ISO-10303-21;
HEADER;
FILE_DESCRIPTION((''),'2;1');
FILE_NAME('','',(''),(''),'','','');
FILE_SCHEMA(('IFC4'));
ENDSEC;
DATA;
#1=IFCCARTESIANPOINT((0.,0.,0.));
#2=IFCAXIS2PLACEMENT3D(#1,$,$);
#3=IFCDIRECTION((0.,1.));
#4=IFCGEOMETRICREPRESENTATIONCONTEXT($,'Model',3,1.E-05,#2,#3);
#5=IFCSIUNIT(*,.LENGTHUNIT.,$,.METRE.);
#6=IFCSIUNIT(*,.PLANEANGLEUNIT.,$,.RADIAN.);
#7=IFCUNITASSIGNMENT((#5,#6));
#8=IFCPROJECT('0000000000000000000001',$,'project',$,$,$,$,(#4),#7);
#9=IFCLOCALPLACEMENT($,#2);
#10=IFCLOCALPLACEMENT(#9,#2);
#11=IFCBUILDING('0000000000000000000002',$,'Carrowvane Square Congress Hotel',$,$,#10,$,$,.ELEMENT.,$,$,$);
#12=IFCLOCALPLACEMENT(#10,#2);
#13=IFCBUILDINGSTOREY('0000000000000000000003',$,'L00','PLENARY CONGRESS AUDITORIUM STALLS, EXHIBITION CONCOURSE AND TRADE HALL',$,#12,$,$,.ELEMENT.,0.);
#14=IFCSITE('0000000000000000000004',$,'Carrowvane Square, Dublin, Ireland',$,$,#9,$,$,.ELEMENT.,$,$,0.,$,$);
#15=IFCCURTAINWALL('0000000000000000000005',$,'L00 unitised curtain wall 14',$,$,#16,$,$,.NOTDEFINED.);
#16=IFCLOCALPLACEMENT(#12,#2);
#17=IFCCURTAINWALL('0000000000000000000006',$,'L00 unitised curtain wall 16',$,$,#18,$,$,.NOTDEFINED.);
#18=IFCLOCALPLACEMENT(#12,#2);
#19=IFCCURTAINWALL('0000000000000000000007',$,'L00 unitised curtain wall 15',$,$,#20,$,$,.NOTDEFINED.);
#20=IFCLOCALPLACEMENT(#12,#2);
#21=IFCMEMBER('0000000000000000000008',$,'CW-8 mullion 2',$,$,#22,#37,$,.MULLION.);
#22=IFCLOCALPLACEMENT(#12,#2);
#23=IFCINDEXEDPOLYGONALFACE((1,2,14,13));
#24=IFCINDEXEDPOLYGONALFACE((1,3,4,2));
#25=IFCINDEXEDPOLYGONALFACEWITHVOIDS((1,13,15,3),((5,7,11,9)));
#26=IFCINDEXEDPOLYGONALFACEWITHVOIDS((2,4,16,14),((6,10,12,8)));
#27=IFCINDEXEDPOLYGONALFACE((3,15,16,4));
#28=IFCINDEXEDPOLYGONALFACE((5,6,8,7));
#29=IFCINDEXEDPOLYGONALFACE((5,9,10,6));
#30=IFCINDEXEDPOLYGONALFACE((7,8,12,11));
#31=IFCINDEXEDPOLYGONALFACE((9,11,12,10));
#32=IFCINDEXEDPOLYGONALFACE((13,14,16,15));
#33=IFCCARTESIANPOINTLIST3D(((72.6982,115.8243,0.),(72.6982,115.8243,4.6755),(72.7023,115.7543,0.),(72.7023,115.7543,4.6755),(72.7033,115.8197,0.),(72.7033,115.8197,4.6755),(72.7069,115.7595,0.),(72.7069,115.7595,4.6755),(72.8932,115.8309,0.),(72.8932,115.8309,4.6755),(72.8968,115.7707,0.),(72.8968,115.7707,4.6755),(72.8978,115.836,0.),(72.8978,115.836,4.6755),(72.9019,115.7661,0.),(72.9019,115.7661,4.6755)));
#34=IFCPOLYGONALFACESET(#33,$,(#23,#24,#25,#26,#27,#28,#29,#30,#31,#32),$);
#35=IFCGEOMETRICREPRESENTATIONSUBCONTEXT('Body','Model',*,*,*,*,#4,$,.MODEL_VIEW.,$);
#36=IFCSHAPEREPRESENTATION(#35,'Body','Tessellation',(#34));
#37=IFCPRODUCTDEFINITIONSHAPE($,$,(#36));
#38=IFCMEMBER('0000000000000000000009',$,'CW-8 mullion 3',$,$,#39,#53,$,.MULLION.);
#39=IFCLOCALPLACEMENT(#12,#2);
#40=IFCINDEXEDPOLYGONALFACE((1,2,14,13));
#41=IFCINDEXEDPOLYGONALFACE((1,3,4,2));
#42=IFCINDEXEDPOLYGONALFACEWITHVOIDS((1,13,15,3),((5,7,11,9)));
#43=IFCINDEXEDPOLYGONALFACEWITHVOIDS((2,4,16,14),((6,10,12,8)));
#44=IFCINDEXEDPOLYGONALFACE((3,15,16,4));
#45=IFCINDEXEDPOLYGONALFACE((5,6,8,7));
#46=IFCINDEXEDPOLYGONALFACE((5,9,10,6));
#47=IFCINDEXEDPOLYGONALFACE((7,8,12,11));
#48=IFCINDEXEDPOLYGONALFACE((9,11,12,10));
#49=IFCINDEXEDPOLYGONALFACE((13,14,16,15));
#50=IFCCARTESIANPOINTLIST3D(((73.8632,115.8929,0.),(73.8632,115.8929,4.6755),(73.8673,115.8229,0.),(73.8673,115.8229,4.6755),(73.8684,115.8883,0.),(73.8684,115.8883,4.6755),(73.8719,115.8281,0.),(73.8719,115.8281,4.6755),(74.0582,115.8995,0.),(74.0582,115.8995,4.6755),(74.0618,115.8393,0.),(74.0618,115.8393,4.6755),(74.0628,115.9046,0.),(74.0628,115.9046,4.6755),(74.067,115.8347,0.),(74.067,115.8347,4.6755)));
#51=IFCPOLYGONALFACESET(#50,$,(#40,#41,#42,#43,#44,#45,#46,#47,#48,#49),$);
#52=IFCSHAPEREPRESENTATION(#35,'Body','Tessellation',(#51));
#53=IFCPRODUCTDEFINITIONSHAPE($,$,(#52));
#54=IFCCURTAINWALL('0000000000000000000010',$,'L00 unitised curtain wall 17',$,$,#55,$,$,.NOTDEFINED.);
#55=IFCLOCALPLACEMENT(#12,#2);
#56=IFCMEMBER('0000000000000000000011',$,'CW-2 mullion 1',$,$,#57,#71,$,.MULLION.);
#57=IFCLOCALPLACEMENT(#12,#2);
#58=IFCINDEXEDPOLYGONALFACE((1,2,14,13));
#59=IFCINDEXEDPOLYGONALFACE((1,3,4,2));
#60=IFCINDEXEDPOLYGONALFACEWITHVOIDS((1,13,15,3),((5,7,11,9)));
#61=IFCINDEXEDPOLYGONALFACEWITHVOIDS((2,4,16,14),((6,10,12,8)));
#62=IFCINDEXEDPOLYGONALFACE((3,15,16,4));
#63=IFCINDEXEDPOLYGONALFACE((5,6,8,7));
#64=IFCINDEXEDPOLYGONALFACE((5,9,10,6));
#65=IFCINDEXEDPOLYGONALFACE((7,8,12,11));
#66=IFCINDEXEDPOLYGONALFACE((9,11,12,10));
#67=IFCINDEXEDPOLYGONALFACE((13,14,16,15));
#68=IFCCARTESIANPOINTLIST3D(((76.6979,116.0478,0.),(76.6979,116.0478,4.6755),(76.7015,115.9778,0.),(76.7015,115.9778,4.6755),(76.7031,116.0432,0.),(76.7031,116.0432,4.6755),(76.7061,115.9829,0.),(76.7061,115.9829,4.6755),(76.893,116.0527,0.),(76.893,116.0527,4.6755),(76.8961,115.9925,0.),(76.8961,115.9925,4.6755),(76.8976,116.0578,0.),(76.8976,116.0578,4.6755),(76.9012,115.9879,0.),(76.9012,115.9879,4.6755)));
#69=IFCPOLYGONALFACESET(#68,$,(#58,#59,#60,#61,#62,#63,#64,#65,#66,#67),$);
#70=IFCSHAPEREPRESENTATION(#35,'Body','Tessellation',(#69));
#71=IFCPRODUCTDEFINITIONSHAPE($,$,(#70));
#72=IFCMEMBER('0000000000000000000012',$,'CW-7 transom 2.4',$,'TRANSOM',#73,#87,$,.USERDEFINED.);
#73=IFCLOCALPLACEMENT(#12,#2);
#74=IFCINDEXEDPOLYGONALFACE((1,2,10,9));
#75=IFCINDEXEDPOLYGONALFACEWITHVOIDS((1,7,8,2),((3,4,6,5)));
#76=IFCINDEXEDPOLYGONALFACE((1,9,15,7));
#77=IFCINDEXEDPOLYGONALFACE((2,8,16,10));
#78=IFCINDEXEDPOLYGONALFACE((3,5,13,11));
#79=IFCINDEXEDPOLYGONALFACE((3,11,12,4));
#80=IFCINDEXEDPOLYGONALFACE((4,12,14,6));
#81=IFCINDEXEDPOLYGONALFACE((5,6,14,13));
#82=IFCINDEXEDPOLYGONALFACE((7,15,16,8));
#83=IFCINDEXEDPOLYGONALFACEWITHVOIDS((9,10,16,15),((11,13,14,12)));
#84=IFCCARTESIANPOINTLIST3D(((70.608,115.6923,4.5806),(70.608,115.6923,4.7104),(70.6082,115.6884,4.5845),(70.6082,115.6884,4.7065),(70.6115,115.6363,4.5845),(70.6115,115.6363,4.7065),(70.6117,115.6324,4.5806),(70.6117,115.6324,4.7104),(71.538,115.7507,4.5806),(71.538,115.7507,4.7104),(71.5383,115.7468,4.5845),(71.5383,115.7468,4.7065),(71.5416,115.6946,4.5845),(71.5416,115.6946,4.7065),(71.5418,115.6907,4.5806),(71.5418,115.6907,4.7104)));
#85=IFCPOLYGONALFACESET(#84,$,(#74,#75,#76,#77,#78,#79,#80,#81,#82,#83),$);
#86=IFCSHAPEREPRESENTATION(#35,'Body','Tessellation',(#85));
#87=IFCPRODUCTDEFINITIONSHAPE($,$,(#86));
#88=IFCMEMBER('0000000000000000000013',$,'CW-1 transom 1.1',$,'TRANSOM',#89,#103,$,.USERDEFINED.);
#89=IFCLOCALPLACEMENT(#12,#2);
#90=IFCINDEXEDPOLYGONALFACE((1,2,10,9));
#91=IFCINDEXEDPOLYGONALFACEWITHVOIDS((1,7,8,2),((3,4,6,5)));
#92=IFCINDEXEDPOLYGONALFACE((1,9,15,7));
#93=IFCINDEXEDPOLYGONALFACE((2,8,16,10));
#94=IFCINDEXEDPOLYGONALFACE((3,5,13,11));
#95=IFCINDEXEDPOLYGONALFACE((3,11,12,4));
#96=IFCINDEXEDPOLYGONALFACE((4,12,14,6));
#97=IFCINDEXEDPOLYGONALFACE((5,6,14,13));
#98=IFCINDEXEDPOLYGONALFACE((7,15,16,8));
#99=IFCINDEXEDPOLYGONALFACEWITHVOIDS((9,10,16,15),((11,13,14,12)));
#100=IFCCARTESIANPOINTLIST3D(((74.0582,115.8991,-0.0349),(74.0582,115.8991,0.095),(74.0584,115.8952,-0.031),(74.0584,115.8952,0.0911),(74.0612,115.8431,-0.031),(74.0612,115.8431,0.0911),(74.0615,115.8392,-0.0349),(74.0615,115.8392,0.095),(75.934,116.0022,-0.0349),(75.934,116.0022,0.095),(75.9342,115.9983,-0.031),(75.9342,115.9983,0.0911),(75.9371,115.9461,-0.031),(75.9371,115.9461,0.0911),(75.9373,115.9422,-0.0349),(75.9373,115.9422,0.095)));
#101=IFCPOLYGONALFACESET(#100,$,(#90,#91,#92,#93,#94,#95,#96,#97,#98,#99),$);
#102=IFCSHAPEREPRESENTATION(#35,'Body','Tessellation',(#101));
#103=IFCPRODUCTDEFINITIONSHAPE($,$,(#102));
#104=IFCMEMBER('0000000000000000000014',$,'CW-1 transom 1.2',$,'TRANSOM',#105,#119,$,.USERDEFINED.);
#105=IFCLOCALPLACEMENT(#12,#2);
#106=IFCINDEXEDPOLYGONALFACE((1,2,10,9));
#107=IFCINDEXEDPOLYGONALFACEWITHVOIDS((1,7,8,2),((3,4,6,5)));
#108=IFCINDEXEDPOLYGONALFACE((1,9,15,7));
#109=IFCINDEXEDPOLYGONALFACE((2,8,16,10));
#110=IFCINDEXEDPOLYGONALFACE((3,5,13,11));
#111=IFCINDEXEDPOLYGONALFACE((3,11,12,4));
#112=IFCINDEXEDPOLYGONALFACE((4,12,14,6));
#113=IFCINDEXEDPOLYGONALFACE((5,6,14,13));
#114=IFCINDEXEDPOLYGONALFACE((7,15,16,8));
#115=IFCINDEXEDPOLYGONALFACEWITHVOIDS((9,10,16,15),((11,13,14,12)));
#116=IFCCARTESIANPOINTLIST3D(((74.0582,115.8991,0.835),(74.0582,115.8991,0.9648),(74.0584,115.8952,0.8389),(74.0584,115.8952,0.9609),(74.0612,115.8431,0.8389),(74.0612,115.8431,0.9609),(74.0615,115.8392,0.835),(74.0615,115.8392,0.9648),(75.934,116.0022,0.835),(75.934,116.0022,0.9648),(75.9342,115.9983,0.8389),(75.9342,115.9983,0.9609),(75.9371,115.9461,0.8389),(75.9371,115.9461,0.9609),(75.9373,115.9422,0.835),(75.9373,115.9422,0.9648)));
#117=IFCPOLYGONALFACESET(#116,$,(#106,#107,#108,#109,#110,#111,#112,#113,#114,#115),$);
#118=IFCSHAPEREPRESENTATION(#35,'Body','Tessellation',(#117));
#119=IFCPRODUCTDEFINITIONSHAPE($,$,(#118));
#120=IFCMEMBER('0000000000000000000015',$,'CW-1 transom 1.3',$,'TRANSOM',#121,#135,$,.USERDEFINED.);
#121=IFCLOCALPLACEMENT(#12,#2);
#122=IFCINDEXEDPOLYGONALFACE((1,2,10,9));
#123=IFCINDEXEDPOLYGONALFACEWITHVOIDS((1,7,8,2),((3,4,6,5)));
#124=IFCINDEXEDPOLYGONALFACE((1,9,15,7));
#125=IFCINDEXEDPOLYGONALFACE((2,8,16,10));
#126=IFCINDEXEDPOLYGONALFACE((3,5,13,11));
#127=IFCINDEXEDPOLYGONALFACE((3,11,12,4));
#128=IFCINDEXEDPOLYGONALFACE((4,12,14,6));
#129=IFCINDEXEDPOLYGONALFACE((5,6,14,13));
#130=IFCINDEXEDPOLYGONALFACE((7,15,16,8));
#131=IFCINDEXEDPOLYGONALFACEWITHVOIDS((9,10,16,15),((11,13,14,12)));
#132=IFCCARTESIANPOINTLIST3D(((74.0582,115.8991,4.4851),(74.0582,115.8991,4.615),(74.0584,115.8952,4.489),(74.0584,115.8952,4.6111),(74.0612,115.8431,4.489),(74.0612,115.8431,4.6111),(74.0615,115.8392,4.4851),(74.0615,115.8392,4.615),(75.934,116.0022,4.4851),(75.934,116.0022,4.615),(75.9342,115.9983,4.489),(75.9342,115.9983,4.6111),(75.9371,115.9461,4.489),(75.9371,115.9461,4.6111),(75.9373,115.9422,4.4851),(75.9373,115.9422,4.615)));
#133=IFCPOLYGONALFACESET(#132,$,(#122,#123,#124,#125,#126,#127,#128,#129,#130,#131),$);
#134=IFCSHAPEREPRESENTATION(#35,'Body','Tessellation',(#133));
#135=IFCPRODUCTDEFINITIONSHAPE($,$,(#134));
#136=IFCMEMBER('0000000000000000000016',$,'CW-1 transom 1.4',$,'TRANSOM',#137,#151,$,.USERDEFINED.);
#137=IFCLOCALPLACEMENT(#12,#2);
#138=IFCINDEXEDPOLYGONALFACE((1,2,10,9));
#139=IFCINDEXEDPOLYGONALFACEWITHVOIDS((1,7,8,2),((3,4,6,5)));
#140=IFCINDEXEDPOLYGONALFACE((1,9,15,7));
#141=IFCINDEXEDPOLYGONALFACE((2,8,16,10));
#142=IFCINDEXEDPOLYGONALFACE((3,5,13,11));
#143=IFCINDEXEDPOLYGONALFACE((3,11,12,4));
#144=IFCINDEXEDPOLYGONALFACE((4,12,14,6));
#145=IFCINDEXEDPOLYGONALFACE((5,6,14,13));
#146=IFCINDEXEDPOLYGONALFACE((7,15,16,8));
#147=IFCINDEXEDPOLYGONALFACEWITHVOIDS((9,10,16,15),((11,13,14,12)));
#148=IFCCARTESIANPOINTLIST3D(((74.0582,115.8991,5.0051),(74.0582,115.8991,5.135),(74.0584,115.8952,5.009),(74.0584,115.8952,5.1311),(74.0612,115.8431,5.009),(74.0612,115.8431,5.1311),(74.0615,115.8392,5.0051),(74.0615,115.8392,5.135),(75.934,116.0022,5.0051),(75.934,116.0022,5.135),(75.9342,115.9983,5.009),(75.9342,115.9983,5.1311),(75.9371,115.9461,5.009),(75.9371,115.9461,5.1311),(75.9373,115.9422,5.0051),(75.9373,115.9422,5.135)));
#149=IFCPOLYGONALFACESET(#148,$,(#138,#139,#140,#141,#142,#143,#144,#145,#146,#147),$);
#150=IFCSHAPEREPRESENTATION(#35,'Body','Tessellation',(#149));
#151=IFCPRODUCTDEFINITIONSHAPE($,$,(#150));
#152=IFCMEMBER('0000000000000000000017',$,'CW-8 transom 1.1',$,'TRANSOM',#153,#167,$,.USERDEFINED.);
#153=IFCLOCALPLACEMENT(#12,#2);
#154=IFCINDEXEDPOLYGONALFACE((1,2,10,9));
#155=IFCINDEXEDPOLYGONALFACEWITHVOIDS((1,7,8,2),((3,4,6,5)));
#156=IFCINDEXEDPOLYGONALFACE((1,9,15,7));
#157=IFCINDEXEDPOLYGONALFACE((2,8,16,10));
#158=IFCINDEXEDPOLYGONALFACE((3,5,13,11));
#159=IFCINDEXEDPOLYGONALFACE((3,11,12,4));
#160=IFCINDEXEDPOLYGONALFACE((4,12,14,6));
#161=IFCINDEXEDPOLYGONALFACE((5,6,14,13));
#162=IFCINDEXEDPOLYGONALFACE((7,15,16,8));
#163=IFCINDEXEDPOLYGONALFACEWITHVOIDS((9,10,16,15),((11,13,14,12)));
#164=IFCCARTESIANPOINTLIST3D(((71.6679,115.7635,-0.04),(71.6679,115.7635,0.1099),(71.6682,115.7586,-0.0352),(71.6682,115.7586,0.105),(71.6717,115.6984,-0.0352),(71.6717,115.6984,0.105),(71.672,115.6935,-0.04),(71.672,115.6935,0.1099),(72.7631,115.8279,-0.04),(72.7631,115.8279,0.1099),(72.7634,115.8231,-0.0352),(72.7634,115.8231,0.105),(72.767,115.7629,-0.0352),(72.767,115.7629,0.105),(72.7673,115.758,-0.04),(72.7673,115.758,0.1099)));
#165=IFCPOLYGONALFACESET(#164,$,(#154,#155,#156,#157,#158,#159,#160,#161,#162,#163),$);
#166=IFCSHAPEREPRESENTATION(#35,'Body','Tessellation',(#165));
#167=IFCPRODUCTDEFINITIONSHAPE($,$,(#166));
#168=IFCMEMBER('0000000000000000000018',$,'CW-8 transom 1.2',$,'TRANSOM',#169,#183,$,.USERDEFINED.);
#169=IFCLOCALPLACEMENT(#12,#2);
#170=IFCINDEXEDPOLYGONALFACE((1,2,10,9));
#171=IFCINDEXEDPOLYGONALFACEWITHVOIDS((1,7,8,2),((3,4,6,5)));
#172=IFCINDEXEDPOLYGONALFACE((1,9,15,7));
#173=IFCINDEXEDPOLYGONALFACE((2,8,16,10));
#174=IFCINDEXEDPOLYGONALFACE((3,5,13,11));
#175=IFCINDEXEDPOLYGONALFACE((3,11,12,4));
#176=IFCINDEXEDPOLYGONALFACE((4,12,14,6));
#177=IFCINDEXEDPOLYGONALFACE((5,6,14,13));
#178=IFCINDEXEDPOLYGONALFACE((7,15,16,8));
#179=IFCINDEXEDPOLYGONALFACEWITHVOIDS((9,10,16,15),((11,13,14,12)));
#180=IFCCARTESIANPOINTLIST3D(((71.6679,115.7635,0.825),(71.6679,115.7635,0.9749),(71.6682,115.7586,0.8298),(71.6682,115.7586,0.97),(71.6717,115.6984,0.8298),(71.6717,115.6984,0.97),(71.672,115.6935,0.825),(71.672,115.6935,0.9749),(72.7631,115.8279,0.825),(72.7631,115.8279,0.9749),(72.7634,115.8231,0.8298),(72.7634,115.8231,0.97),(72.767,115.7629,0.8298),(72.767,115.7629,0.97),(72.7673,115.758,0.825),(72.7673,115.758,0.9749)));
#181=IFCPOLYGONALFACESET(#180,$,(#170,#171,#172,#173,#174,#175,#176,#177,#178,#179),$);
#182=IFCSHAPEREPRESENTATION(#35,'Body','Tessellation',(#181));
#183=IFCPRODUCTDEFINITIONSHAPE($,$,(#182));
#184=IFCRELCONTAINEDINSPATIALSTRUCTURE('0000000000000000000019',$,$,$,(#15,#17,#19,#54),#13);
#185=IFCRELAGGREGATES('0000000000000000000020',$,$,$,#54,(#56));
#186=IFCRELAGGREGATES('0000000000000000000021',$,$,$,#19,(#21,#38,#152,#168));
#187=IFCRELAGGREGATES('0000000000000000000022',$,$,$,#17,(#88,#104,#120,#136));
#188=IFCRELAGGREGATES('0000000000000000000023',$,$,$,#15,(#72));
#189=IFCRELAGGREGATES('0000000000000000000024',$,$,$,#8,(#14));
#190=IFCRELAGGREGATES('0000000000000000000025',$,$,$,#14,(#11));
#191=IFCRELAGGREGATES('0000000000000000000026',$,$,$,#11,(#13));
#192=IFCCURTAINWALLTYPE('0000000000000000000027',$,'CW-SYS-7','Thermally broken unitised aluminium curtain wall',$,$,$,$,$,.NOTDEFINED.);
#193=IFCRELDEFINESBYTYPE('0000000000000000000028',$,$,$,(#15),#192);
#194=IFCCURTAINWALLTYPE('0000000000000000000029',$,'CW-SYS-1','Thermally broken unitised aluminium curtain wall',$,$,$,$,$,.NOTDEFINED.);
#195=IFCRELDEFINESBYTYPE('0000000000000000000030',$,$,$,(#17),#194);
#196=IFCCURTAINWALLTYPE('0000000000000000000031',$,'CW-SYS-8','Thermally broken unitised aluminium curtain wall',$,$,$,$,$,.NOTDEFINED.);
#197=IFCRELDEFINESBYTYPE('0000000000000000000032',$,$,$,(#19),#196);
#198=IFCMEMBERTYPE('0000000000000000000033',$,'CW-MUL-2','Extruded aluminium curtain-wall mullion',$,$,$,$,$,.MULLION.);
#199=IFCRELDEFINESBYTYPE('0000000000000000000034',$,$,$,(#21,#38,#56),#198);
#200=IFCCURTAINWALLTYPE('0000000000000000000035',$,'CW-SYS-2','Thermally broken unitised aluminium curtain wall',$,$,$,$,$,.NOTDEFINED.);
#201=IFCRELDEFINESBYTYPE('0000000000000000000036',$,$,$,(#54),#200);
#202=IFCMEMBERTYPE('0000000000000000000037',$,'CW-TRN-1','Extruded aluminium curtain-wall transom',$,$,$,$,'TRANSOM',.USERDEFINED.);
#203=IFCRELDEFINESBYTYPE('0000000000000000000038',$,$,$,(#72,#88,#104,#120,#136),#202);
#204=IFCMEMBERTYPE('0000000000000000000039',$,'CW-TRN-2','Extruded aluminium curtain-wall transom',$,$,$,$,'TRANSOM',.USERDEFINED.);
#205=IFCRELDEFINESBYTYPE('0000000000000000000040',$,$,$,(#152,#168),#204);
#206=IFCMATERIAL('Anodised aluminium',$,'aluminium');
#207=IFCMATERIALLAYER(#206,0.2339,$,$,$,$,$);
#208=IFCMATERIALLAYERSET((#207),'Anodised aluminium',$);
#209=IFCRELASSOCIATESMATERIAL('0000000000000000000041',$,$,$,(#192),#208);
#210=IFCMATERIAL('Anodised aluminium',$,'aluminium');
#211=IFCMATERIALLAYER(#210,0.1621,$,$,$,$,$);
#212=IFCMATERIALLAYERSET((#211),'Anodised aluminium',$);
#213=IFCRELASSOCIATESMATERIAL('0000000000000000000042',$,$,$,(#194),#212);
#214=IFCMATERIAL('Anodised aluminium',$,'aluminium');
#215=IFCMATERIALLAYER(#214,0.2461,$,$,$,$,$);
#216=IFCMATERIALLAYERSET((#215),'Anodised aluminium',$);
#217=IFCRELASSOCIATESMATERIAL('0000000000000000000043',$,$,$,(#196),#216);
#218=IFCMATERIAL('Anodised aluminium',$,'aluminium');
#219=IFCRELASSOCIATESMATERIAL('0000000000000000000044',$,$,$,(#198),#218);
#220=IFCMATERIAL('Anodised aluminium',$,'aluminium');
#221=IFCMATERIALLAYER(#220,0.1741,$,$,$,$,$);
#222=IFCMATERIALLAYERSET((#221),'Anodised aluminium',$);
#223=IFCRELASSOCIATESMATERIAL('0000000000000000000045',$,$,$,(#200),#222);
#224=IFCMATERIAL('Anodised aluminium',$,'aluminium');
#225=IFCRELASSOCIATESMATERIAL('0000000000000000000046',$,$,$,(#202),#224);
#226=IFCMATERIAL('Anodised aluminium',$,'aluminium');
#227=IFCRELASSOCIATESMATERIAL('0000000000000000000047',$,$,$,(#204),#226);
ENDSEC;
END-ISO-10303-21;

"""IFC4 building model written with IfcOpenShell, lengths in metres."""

from ifc_helpers import new_model, si_unit, direction, frame, origin, origin_2d, place, context, subcontext, project, spatial, hollow_rectangle, extrude, material, layer, layer_set, material_profile, profile_set, type_object, element, aggregate, save


model = new_model("IFC4")

# Units and contexts
model_context = context("Model", 3, precision=1e-05, world=origin(), true_north=direction((0.0, 1.0)))
body_context = subcontext(model_context, "Body", "Model", "MODEL_VIEW")
ifc_project = project(units=[si_unit("LENGTHUNIT", "METRE"), si_unit("PLANEANGLEUNIT", "RADIAN")], contexts=[model_context])

# Site, building, storey
site_placement = place(None, origin())
site = spatial("IfcSite", under=ifc_project, at=site_placement, Name="Carrowvane Square, Dublin, Ireland", CompositionType="ELEMENT", RefElevation=0.0)
building_placement = place(site_placement, origin())
building = spatial("IfcBuilding", under=site, at=building_placement, Name="Carrowvane Square Congress Hotel", CompositionType="ELEMENT")
storey_placement = place(building_placement, origin())
storey = spatial("IfcBuildingStorey", under=building, at=storey_placement, Name="L00", Description="PLENARY CONGRESS AUDITORIUM STALLS, EXHIBITION CONCOURSE AND TRADE HALL", CompositionType="ELEMENT", Elevation=0.0)

# Curtain wall
ifc_material_1 = material(Name="Anodised aluminium", Category="aluminium")
ifc_layer_1 = layer(ifc_material_1, 0.2339)
ifc_layer_set_1 = layer_set([ifc_layer_1], Name="Anodised aluminium")
curtain_wall_type_1 = type_object("IfcCurtainWallType", Name="CW-SYS-7", Description="Thermally broken unitised aluminium curtain wall", PredefinedType="NOTDEFINED", material=ifc_layer_set_1)
curtain_wall_1_placement = place(storey_placement, origin())
curtain_wall_1 = element("IfcCurtainWall", 1, at=curtain_wall_1_placement, inside=storey, type_object=curtain_wall_type_1, Name="L00 unitised curtain wall 14", PredefinedType="NOTDEFINED")

# Curtain walls, members
ifc_material_2 = material(Name="Anodised aluminium", Category="aluminium")
ifc_layer_2 = layer(ifc_material_2, 0.1621)
ifc_layer_set_2 = layer_set([ifc_layer_2], Name="Anodised aluminium")
curtain_wall_type_2 = type_object("IfcCurtainWallType", Name="CW-SYS-1", Description="Thermally broken unitised aluminium curtain wall", PredefinedType="NOTDEFINED", material=ifc_layer_set_2)
curtain_wall_2_placement = place(storey_placement, origin())
curtain_wall_2 = element("IfcCurtainWall", 2, at=curtain_wall_2_placement, inside=storey, type_object=curtain_wall_type_2, Name="L00 unitised curtain wall 16", PredefinedType="NOTDEFINED")
ifc_material_3 = material(Name="Anodised aluminium", Category="aluminium")
ifc_layer_3 = layer(ifc_material_3, 0.2461)
ifc_layer_set_3 = layer_set([ifc_layer_3], Name="Anodised aluminium")
curtain_wall_type_3 = type_object("IfcCurtainWallType", Name="CW-SYS-8", Description="Thermally broken unitised aluminium curtain wall", PredefinedType="NOTDEFINED", material=ifc_layer_set_3)
curtain_wall_3_placement = place(storey_placement, origin())
curtain_wall_3 = element("IfcCurtainWall", 3, at=curtain_wall_3_placement, inside=storey, type_object=curtain_wall_type_3, Name="L00 unitised curtain wall 15", PredefinedType="NOTDEFINED")
ifc_material_4 = material(Name="Anodised aluminium", Category="aluminium")
ifc_material_profile_1 = material_profile(ifc_material_4, hollow_rectangle(XDim=0.0701, YDim=0.2, WallThickness=0.0049, at=origin_2d()), Name="CW-ML 70x200x5")
ifc_profile_set_1 = profile_set([ifc_material_profile_1], Name="Anodised aluminium")
member_type_1 = type_object("IfcMemberType", Name="CW-MUL-2", Description="Extruded aluminium curtain-wall mullion", PredefinedType="MULLION", material=ifc_profile_set_1)
member_1_placement = place(storey_placement, frame((72.8, 115.7952, 0.0), z_axis=(0.0, 0.0, 1.0), x_axis=(-0.058851, 0.998267, 0.0)))
member_1 = element("IfcMember", 4, at=member_1_placement, type_object=member_type_1, Name="CW-8 mullion 2", PredefinedType="MULLION", context=body_context, shape_type="SweptSolid", body=[
    extrude(hollow_rectangle(XDim=0.0701, YDim=0.2, WallThickness=0.0049, at=origin_2d()), origin(), (0.0, 0.0, 1.0), 4.6755),
])
member_2_placement = place(storey_placement, frame((73.9651, 115.8638, 0.0), z_axis=(0.0, 0.0, 1.0), x_axis=(-0.058851, 0.998267, 0.0)))
member_2 = element("IfcMember", 5, at=member_2_placement, type_object=member_type_1, Name="CW-8 mullion 3", PredefinedType="MULLION", context=body_context, shape_type="SweptSolid", body=[
    extrude(hollow_rectangle(XDim=0.0701, YDim=0.2, WallThickness=0.0049, at=origin_2d()), origin(), (0.0, 0.0, 1.0), 4.6755),
])

# Curtain wall, member
ifc_material_5 = material(Name="Anodised aluminium", Category="aluminium")
ifc_layer_4 = layer(ifc_material_5, 0.1741)
ifc_layer_set_4 = layer_set([ifc_layer_4], Name="Anodised aluminium")
curtain_wall_type_4 = type_object("IfcCurtainWallType", Name="CW-SYS-2", Description="Thermally broken unitised aluminium curtain wall", PredefinedType="NOTDEFINED", material=ifc_layer_set_4)
curtain_wall_4_placement = place(storey_placement, origin())
curtain_wall_4 = element("IfcCurtainWall", 6, at=curtain_wall_4_placement, inside=storey, type_object=curtain_wall_type_4, Name="L00 unitised curtain wall 17", PredefinedType="NOTDEFINED")
member_3_placement = place(storey_placement, frame((76.7996, 116.0178, 0.0), z_axis=(0.0, 0.0, 1.0), x_axis=(-0.050324, 0.998733, 0.0)))
member_3 = element("IfcMember", 7, at=member_3_placement, type_object=member_type_1, Name="CW-2 mullion 1", PredefinedType="MULLION", context=body_context, shape_type="SweptSolid", body=[
    extrude(hollow_rectangle(XDim=0.0701, YDim=0.2, WallThickness=0.0049, at=origin_2d()), origin(), (0.0, 0.0, 1.0), 4.6755),
])

# Members
ifc_material_6 = material(Name="Anodised aluminium", Category="aluminium")
ifc_material_profile_2 = material_profile(ifc_material_6, hollow_rectangle(XDim=0.0601, YDim=0.1299, WallThickness=0.0039, at=origin_2d()), Name="CW-TR 60x130x4")
ifc_profile_set_2 = profile_set([ifc_material_profile_2], Name="Anodised aluminium")
member_type_2 = type_object("IfcMemberType", Name="CW-TRN-1", Description="Extruded aluminium curtain-wall transom", ElementType="TRANSOM", PredefinedType="USERDEFINED", material=ifc_profile_set_2)
member_4_placement = place(storey_placement, frame((70.6099, 115.6624, 4.6455), z_axis=(0.998038, 0.062607, 0.0), x_axis=(-0.062607, 0.998038, 0.0)))
member_4 = element("IfcMember", 8, at=member_4_placement, type_object=member_type_2, Name="CW-7 transom 2.4", ObjectType="TRANSOM", PredefinedType="USERDEFINED", context=body_context, shape_type="SweptSolid", body=[
    extrude(hollow_rectangle(XDim=0.0601, YDim=0.1299, WallThickness=0.0039, at=origin_2d()), origin(), (0.0, 0.0, 1.0), 0.9319),
])
member_5_placement = place(storey_placement, frame((74.0598, 115.8691, 0.03), z_axis=(0.998495, 0.054844, 0.0), x_axis=(-0.054844, 0.998495, 0.0)))
member_5 = element("IfcMember", 9, at=member_5_placement, type_object=member_type_2, Name="CW-1 transom 1.1", ObjectType="TRANSOM", PredefinedType="USERDEFINED", context=body_context, shape_type="SweptSolid", body=[
    extrude(hollow_rectangle(XDim=0.0601, YDim=0.1299, WallThickness=0.0039, at=origin_2d()), origin(), (0.0, 0.0, 1.0), 1.8787),
])
member_6_placement = place(storey_placement, frame((74.0598, 115.8691, 0.8999), z_axis=(0.998495, 0.054844, 0.0), x_axis=(-0.054844, 0.998495, 0.0)))
member_6 = element("IfcMember", 10, at=member_6_placement, type_object=member_type_2, Name="CW-1 transom 1.2", ObjectType="TRANSOM", PredefinedType="USERDEFINED", context=body_context, shape_type="SweptSolid", body=[
    extrude(hollow_rectangle(XDim=0.0601, YDim=0.1299, WallThickness=0.0039, at=origin_2d()), origin(), (0.0, 0.0, 1.0), 1.8787),
])
member_7_placement = place(storey_placement, frame((74.0598, 115.8691, 4.55), z_axis=(0.998495, 0.054844, 0.0), x_axis=(-0.054844, 0.998495, 0.0)))
member_7 = element("IfcMember", 11, at=member_7_placement, type_object=member_type_2, Name="CW-1 transom 1.3", ObjectType="TRANSOM", PredefinedType="USERDEFINED", context=body_context, shape_type="SweptSolid", body=[
    extrude(hollow_rectangle(XDim=0.0601, YDim=0.1299, WallThickness=0.0039, at=origin_2d()), origin(), (0.0, 0.0, 1.0), 1.8787),
])
member_8_placement = place(storey_placement, frame((74.0598, 115.8691, 5.0701), z_axis=(0.998495, 0.054844, 0.0), x_axis=(-0.054844, 0.998495, 0.0)))
member_8 = element("IfcMember", 12, at=member_8_placement, type_object=member_type_2, Name="CW-1 transom 1.4", ObjectType="TRANSOM", PredefinedType="USERDEFINED", context=body_context, shape_type="SweptSolid", body=[
    extrude(hollow_rectangle(XDim=0.0601, YDim=0.1299, WallThickness=0.0039, at=origin_2d()), origin(), (0.0, 0.0, 1.0), 1.8787),
])
ifc_material_7 = material(Name="Anodised aluminium", Category="aluminium")
ifc_material_profile_3 = material_profile(ifc_material_7, hollow_rectangle(XDim=0.0701, YDim=0.1499, WallThickness=0.0049, at=origin_2d()), Name="CW-TR 70x150x5")
ifc_profile_set_3 = profile_set([ifc_material_profile_3], Name="Anodised aluminium")
member_type_3 = type_object("IfcMemberType", Name="CW-TRN-2", Description="Extruded aluminium curtain-wall transom", ElementType="TRANSOM", PredefinedType="USERDEFINED", material=ifc_profile_set_3)
member_9_placement = place(storey_placement, frame((71.6699, 115.7285, 0.0349), z_axis=(0.998273, 0.058748, 0.0), x_axis=(-0.058748, 0.998273, 0.0)))
member_9 = element("IfcMember", 13, at=member_9_placement, type_object=member_type_3, Name="CW-8 transom 1.1", ObjectType="TRANSOM", PredefinedType="USERDEFINED", context=body_context, shape_type="SweptSolid", body=[
    extrude(hollow_rectangle(XDim=0.0701, YDim=0.1499, WallThickness=0.0049, at=origin_2d()), origin(), (0.0, 0.0, 1.0), 1.0972),
])
member_10_placement = place(storey_placement, frame((71.6699, 115.7285, 0.8999), z_axis=(0.998273, 0.058748, 0.0), x_axis=(-0.058748, 0.998273, 0.0)))
member_10 = element("IfcMember", 14, at=member_10_placement, type_object=member_type_3, Name="CW-8 transom 1.2", ObjectType="TRANSOM", PredefinedType="USERDEFINED", context=body_context, shape_type="SweptSolid", body=[
    extrude(hollow_rectangle(XDim=0.0701, YDim=0.1499, WallThickness=0.0049, at=origin_2d()), origin(), (0.0, 0.0, 1.0), 1.0972),
])
aggregate(curtain_wall_4, [member_3])

aggregate(curtain_wall_3, [member_1, member_2, member_9, member_10])
aggregate(curtain_wall_2, [member_5, member_6, member_7, member_8])
aggregate(curtain_wall_1, [member_4])

save(model, "model.ifc")
